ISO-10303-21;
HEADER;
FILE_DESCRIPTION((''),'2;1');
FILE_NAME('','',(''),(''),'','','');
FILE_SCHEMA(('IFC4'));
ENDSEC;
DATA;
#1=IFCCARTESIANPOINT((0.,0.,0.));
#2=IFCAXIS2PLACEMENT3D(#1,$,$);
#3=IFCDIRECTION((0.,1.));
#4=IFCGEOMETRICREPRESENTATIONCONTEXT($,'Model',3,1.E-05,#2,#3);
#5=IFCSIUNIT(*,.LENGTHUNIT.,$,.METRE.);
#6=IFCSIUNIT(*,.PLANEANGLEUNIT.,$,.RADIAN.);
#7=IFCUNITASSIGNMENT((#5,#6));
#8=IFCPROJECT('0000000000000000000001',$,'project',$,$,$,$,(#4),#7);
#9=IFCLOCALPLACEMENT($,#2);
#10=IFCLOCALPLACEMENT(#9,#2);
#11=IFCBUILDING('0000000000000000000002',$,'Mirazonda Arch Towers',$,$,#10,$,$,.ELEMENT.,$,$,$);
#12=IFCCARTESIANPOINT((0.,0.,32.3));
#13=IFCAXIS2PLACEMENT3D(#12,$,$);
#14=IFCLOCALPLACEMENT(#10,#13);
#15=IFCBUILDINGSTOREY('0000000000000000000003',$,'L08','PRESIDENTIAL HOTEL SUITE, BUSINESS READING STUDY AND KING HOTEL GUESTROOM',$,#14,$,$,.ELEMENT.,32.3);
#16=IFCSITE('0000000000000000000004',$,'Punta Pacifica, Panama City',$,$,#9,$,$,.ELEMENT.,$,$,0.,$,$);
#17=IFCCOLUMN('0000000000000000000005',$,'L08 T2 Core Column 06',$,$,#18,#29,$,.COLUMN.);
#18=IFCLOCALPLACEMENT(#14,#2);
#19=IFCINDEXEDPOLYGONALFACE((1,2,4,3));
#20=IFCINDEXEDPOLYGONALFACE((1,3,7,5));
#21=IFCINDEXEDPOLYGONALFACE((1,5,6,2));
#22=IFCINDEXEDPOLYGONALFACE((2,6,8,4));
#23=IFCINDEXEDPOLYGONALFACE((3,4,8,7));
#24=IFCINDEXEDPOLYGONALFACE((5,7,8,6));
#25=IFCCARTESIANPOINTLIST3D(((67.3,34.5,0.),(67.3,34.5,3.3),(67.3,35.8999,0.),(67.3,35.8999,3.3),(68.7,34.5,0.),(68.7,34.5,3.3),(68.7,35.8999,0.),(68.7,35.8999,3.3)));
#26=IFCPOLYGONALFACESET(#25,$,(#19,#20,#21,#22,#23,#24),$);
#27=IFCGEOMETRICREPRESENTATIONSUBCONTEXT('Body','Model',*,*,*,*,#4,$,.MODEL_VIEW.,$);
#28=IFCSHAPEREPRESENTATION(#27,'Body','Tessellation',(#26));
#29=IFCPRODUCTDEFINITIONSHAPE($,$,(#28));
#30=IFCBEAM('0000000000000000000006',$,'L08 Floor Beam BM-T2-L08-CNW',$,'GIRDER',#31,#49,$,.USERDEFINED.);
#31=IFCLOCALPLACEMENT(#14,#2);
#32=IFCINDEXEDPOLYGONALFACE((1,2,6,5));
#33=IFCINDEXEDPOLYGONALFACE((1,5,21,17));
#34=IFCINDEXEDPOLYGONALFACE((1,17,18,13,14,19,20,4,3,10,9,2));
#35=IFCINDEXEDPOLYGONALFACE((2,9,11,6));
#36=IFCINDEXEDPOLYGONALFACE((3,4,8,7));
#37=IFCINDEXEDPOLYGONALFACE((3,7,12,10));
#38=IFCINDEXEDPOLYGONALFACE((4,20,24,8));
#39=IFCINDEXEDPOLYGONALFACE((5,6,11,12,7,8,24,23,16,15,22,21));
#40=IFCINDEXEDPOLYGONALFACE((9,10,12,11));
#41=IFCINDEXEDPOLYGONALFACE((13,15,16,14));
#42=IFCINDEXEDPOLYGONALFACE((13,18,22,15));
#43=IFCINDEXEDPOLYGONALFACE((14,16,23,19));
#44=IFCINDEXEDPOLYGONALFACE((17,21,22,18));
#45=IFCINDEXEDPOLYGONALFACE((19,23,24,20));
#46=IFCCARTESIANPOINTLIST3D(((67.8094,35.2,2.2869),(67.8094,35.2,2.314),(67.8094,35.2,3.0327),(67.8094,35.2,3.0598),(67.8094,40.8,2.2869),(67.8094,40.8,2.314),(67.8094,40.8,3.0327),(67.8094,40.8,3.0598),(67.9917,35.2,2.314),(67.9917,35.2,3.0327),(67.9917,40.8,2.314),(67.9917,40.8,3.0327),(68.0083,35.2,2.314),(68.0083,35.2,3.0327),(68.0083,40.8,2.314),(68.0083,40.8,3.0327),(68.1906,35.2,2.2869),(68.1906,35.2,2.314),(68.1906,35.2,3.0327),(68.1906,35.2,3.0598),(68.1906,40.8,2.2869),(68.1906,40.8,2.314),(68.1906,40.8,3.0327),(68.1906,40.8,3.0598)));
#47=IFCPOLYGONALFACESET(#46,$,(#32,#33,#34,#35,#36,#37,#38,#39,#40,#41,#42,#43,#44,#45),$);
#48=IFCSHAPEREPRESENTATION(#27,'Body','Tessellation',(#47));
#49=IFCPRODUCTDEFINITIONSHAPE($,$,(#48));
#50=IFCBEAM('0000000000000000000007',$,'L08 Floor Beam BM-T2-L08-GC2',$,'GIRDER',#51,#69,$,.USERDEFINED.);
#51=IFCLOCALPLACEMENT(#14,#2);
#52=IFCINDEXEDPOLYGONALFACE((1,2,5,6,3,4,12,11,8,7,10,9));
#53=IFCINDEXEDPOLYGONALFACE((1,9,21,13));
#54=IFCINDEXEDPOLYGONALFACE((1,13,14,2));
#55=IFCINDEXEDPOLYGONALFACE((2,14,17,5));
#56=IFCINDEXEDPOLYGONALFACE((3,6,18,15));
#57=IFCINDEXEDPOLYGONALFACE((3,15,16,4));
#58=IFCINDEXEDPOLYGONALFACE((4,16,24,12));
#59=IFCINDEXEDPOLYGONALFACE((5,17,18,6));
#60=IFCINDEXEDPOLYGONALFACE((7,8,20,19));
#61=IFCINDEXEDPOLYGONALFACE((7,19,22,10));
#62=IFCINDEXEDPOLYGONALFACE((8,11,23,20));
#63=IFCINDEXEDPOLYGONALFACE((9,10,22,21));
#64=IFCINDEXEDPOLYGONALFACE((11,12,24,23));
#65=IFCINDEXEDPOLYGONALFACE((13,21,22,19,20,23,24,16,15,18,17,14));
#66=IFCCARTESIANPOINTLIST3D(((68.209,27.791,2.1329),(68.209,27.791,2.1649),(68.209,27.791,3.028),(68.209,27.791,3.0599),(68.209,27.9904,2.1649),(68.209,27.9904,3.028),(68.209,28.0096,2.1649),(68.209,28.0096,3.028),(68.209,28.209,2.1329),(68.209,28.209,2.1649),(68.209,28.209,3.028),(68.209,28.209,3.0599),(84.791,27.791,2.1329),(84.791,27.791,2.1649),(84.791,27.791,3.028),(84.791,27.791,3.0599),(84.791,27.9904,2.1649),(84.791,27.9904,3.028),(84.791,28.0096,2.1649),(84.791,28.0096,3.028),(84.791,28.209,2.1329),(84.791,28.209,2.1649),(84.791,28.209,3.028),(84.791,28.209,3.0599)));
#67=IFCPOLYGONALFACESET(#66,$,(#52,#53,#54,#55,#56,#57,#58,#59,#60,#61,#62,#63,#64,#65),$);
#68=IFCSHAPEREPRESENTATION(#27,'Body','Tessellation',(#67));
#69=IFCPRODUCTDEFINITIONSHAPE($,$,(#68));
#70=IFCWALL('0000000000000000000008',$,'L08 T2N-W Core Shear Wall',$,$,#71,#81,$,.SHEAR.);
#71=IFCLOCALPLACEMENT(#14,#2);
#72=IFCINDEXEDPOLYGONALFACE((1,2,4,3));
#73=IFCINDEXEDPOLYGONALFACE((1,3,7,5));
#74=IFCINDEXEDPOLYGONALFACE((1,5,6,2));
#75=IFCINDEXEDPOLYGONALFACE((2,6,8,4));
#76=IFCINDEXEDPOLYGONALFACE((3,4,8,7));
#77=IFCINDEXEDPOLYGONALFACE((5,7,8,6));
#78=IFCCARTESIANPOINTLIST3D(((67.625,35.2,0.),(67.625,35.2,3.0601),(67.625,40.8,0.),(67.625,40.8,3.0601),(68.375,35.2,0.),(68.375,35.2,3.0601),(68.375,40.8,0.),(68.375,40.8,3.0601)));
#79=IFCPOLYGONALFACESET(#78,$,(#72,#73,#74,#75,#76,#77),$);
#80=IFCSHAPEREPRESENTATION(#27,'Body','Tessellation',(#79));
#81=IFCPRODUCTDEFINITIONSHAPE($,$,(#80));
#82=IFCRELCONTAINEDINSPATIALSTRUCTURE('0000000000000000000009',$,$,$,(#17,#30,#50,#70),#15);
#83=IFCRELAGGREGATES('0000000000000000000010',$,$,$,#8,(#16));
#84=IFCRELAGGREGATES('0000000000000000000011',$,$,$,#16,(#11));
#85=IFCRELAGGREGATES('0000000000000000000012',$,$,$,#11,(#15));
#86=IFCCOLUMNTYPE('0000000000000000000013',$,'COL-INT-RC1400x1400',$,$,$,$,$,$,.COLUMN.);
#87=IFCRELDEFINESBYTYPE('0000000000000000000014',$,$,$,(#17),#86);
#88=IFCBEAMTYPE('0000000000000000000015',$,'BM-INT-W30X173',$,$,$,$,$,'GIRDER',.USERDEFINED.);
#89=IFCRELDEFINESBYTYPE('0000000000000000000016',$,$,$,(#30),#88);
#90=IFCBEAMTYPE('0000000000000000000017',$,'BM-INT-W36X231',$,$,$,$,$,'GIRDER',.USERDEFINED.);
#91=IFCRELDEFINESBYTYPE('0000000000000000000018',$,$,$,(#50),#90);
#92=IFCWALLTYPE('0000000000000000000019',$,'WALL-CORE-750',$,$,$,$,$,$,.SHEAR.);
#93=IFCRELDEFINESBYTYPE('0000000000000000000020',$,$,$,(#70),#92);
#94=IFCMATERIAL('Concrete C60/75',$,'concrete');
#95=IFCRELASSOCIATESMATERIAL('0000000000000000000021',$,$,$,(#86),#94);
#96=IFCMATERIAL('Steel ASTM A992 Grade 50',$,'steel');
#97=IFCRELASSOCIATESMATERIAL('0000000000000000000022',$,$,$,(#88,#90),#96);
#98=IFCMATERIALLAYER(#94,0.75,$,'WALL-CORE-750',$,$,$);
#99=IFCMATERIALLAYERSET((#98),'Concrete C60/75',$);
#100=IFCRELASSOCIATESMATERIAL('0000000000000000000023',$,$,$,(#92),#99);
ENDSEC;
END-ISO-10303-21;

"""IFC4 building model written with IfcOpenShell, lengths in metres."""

from ifc_helpers import new_model, si_unit, direction, frame, frame_2d, origin, origin_2d, place, context, subcontext, project, spatial, rectangle, i_section, extrude, material, layer, layer_set, material_profile, profile_set, type_object, element, save


model = new_model("IFC4")

# Units and contexts
model_context = context("Model", 3, precision=1e-05, world=origin(), true_north=direction((0.0, 1.0)))
body_context = subcontext(model_context, "Body", "Model", "MODEL_VIEW")
ifc_project = project(units=[si_unit("LENGTHUNIT", "METRE"), si_unit("PLANEANGLEUNIT", "RADIAN")], contexts=[model_context])

# Site, building, storey
site_placement = place(None, origin())
site = spatial("IfcSite", under=ifc_project, at=site_placement, Name="Punta Pacifica, Panama City", CompositionType="ELEMENT", RefElevation=0.0)
building_placement = place(site_placement, origin())
building = spatial("IfcBuilding", under=site, at=building_placement, Name="Mirazonda Arch Towers", CompositionType="ELEMENT")
storey_placement = place(building_placement, frame((0.0, 0.0, 32.3)))
storey = spatial("IfcBuildingStorey", under=building, at=storey_placement, Name="L08", Description="PRESIDENTIAL HOTEL SUITE, BUSINESS READING STUDY AND KING HOTEL GUESTROOM", CompositionType="ELEMENT", Elevation=32.3)

# Column
ifc_material_1 = material(Name="Concrete C60/75", Category="concrete")
ifc_material_profile_1 = material_profile(ifc_material_1, rectangle(XDim=1.3999, YDim=1.3999, at=origin_2d()), Name="RC1400x1400")
ifc_profile_set_1 = profile_set([ifc_material_profile_1], Name="Concrete C60/75")
column_type = type_object("IfcColumnType", Name="COL-INT-RC1400x1400", PredefinedType="COLUMN", material=ifc_profile_set_1)
column_placement = place(storey_placement, frame((68.0, 35.2, 0.0), z_axis=(0.0, 0.0, 1.0), x_axis=(1.0, 0.0, 0.0)))
element("IfcColumn", 1, at=column_placement, inside=storey, type_object=column_type, Name="L08 T2 Core Column 06", PredefinedType="COLUMN", context=body_context, shape_type="SweptSolid", body=[
    extrude(rectangle(XDim=1.3999, YDim=1.3999, at=origin_2d()), origin(), (0.0, 0.0, 1.0), 3.3),
])

# Beams
ifc_material_2 = material(Name="Steel ASTM A992 Grade 50", Category="steel")
ifc_material_profile_2 = material_profile(ifc_material_2, i_section(OverallWidth=0.3811, OverallDepth=0.7729, WebThickness=0.0166, FlangeThickness=0.0271, at=origin_2d()), Name="W30X173")
ifc_profile_set_2 = profile_set([ifc_material_profile_2], Name="Steel ASTM A992 Grade 50")
beam_type_1 = type_object("IfcBeamType", Name="BM-INT-W30X173", ElementType="GIRDER", PredefinedType="USERDEFINED", material=ifc_profile_set_2)
beam_1_placement = place(storey_placement, frame((68.0, 35.2, 2.6733), z_axis=(0.0, 1.0, 0.0), x_axis=(-1.0, 0.0, 0.0)))
element("IfcBeam", 2, at=beam_1_placement, inside=storey, type_object=beam_type_1, Name="L08 Floor Beam BM-T2-L08-CNW", ObjectType="GIRDER", PredefinedType="USERDEFINED", context=body_context, shape_type="SweptSolid", body=[
    extrude(i_section(OverallWidth=0.3811, OverallDepth=0.7729, WebThickness=0.0166, FlangeThickness=0.0271, at=origin_2d()), origin(), (0.0, 0.0, 1.0), 5.6001),
])
ifc_material_profile_3 = material_profile(ifc_material_2, i_section(OverallWidth=0.418, OverallDepth=0.927, WebThickness=0.0193, FlangeThickness=0.032, at=origin_2d()), Name="W36X231")
ifc_profile_set_3 = profile_set([ifc_material_profile_3], Name="Steel ASTM A992 Grade 50")
beam_type_2 = type_object("IfcBeamType", Name="BM-INT-W36X231", ElementType="GIRDER", PredefinedType="USERDEFINED", material=ifc_profile_set_3)
beam_2_placement = place(storey_placement, frame((68.209, 28.0, 2.5964), z_axis=(1.0, 0.0, 0.0), x_axis=(0.0, 1.0, 0.0)))
element("IfcBeam", 3, at=beam_2_placement, inside=storey, type_object=beam_type_2, Name="L08 Floor Beam BM-T2-L08-GC2", ObjectType="GIRDER", PredefinedType="USERDEFINED", context=body_context, shape_type="SweptSolid", body=[
    extrude(i_section(OverallWidth=0.418, OverallDepth=0.927, WebThickness=0.0193, FlangeThickness=0.032, at=origin_2d()), origin(), (0.0, 0.0, 1.0), 16.582),
])

# Wall
ifc_layer_1 = layer(ifc_material_1, 0.75, Name="WALL-CORE-750")
ifc_layer_set_1 = layer_set([ifc_layer_1], Name="Concrete C60/75")
wall_type_1 = type_object("IfcWallType", Name="WALL-CORE-750", PredefinedType="SHEAR", material=ifc_layer_set_1)
wall_1_placement = place(storey_placement, frame((68.0, 35.2, 0.0), z_axis=(0.0, 0.0, 1.0), x_axis=(0.0, 1.0, 0.0)))
element("IfcWall", 4, at=wall_1_placement, inside=storey, type_object=wall_type_1, Name="L08 T2N-W Core Shear Wall", PredefinedType="SHEAR", context=body_context, shape_type="SweptSolid", body=[
    extrude(rectangle(XDim=5.6001, YDim=0.75, at=frame_2d((2.8, 0.0))), origin(), (0.0, 0.0, 1.0), 3.0601),
])

save(model, "model.ifc")
